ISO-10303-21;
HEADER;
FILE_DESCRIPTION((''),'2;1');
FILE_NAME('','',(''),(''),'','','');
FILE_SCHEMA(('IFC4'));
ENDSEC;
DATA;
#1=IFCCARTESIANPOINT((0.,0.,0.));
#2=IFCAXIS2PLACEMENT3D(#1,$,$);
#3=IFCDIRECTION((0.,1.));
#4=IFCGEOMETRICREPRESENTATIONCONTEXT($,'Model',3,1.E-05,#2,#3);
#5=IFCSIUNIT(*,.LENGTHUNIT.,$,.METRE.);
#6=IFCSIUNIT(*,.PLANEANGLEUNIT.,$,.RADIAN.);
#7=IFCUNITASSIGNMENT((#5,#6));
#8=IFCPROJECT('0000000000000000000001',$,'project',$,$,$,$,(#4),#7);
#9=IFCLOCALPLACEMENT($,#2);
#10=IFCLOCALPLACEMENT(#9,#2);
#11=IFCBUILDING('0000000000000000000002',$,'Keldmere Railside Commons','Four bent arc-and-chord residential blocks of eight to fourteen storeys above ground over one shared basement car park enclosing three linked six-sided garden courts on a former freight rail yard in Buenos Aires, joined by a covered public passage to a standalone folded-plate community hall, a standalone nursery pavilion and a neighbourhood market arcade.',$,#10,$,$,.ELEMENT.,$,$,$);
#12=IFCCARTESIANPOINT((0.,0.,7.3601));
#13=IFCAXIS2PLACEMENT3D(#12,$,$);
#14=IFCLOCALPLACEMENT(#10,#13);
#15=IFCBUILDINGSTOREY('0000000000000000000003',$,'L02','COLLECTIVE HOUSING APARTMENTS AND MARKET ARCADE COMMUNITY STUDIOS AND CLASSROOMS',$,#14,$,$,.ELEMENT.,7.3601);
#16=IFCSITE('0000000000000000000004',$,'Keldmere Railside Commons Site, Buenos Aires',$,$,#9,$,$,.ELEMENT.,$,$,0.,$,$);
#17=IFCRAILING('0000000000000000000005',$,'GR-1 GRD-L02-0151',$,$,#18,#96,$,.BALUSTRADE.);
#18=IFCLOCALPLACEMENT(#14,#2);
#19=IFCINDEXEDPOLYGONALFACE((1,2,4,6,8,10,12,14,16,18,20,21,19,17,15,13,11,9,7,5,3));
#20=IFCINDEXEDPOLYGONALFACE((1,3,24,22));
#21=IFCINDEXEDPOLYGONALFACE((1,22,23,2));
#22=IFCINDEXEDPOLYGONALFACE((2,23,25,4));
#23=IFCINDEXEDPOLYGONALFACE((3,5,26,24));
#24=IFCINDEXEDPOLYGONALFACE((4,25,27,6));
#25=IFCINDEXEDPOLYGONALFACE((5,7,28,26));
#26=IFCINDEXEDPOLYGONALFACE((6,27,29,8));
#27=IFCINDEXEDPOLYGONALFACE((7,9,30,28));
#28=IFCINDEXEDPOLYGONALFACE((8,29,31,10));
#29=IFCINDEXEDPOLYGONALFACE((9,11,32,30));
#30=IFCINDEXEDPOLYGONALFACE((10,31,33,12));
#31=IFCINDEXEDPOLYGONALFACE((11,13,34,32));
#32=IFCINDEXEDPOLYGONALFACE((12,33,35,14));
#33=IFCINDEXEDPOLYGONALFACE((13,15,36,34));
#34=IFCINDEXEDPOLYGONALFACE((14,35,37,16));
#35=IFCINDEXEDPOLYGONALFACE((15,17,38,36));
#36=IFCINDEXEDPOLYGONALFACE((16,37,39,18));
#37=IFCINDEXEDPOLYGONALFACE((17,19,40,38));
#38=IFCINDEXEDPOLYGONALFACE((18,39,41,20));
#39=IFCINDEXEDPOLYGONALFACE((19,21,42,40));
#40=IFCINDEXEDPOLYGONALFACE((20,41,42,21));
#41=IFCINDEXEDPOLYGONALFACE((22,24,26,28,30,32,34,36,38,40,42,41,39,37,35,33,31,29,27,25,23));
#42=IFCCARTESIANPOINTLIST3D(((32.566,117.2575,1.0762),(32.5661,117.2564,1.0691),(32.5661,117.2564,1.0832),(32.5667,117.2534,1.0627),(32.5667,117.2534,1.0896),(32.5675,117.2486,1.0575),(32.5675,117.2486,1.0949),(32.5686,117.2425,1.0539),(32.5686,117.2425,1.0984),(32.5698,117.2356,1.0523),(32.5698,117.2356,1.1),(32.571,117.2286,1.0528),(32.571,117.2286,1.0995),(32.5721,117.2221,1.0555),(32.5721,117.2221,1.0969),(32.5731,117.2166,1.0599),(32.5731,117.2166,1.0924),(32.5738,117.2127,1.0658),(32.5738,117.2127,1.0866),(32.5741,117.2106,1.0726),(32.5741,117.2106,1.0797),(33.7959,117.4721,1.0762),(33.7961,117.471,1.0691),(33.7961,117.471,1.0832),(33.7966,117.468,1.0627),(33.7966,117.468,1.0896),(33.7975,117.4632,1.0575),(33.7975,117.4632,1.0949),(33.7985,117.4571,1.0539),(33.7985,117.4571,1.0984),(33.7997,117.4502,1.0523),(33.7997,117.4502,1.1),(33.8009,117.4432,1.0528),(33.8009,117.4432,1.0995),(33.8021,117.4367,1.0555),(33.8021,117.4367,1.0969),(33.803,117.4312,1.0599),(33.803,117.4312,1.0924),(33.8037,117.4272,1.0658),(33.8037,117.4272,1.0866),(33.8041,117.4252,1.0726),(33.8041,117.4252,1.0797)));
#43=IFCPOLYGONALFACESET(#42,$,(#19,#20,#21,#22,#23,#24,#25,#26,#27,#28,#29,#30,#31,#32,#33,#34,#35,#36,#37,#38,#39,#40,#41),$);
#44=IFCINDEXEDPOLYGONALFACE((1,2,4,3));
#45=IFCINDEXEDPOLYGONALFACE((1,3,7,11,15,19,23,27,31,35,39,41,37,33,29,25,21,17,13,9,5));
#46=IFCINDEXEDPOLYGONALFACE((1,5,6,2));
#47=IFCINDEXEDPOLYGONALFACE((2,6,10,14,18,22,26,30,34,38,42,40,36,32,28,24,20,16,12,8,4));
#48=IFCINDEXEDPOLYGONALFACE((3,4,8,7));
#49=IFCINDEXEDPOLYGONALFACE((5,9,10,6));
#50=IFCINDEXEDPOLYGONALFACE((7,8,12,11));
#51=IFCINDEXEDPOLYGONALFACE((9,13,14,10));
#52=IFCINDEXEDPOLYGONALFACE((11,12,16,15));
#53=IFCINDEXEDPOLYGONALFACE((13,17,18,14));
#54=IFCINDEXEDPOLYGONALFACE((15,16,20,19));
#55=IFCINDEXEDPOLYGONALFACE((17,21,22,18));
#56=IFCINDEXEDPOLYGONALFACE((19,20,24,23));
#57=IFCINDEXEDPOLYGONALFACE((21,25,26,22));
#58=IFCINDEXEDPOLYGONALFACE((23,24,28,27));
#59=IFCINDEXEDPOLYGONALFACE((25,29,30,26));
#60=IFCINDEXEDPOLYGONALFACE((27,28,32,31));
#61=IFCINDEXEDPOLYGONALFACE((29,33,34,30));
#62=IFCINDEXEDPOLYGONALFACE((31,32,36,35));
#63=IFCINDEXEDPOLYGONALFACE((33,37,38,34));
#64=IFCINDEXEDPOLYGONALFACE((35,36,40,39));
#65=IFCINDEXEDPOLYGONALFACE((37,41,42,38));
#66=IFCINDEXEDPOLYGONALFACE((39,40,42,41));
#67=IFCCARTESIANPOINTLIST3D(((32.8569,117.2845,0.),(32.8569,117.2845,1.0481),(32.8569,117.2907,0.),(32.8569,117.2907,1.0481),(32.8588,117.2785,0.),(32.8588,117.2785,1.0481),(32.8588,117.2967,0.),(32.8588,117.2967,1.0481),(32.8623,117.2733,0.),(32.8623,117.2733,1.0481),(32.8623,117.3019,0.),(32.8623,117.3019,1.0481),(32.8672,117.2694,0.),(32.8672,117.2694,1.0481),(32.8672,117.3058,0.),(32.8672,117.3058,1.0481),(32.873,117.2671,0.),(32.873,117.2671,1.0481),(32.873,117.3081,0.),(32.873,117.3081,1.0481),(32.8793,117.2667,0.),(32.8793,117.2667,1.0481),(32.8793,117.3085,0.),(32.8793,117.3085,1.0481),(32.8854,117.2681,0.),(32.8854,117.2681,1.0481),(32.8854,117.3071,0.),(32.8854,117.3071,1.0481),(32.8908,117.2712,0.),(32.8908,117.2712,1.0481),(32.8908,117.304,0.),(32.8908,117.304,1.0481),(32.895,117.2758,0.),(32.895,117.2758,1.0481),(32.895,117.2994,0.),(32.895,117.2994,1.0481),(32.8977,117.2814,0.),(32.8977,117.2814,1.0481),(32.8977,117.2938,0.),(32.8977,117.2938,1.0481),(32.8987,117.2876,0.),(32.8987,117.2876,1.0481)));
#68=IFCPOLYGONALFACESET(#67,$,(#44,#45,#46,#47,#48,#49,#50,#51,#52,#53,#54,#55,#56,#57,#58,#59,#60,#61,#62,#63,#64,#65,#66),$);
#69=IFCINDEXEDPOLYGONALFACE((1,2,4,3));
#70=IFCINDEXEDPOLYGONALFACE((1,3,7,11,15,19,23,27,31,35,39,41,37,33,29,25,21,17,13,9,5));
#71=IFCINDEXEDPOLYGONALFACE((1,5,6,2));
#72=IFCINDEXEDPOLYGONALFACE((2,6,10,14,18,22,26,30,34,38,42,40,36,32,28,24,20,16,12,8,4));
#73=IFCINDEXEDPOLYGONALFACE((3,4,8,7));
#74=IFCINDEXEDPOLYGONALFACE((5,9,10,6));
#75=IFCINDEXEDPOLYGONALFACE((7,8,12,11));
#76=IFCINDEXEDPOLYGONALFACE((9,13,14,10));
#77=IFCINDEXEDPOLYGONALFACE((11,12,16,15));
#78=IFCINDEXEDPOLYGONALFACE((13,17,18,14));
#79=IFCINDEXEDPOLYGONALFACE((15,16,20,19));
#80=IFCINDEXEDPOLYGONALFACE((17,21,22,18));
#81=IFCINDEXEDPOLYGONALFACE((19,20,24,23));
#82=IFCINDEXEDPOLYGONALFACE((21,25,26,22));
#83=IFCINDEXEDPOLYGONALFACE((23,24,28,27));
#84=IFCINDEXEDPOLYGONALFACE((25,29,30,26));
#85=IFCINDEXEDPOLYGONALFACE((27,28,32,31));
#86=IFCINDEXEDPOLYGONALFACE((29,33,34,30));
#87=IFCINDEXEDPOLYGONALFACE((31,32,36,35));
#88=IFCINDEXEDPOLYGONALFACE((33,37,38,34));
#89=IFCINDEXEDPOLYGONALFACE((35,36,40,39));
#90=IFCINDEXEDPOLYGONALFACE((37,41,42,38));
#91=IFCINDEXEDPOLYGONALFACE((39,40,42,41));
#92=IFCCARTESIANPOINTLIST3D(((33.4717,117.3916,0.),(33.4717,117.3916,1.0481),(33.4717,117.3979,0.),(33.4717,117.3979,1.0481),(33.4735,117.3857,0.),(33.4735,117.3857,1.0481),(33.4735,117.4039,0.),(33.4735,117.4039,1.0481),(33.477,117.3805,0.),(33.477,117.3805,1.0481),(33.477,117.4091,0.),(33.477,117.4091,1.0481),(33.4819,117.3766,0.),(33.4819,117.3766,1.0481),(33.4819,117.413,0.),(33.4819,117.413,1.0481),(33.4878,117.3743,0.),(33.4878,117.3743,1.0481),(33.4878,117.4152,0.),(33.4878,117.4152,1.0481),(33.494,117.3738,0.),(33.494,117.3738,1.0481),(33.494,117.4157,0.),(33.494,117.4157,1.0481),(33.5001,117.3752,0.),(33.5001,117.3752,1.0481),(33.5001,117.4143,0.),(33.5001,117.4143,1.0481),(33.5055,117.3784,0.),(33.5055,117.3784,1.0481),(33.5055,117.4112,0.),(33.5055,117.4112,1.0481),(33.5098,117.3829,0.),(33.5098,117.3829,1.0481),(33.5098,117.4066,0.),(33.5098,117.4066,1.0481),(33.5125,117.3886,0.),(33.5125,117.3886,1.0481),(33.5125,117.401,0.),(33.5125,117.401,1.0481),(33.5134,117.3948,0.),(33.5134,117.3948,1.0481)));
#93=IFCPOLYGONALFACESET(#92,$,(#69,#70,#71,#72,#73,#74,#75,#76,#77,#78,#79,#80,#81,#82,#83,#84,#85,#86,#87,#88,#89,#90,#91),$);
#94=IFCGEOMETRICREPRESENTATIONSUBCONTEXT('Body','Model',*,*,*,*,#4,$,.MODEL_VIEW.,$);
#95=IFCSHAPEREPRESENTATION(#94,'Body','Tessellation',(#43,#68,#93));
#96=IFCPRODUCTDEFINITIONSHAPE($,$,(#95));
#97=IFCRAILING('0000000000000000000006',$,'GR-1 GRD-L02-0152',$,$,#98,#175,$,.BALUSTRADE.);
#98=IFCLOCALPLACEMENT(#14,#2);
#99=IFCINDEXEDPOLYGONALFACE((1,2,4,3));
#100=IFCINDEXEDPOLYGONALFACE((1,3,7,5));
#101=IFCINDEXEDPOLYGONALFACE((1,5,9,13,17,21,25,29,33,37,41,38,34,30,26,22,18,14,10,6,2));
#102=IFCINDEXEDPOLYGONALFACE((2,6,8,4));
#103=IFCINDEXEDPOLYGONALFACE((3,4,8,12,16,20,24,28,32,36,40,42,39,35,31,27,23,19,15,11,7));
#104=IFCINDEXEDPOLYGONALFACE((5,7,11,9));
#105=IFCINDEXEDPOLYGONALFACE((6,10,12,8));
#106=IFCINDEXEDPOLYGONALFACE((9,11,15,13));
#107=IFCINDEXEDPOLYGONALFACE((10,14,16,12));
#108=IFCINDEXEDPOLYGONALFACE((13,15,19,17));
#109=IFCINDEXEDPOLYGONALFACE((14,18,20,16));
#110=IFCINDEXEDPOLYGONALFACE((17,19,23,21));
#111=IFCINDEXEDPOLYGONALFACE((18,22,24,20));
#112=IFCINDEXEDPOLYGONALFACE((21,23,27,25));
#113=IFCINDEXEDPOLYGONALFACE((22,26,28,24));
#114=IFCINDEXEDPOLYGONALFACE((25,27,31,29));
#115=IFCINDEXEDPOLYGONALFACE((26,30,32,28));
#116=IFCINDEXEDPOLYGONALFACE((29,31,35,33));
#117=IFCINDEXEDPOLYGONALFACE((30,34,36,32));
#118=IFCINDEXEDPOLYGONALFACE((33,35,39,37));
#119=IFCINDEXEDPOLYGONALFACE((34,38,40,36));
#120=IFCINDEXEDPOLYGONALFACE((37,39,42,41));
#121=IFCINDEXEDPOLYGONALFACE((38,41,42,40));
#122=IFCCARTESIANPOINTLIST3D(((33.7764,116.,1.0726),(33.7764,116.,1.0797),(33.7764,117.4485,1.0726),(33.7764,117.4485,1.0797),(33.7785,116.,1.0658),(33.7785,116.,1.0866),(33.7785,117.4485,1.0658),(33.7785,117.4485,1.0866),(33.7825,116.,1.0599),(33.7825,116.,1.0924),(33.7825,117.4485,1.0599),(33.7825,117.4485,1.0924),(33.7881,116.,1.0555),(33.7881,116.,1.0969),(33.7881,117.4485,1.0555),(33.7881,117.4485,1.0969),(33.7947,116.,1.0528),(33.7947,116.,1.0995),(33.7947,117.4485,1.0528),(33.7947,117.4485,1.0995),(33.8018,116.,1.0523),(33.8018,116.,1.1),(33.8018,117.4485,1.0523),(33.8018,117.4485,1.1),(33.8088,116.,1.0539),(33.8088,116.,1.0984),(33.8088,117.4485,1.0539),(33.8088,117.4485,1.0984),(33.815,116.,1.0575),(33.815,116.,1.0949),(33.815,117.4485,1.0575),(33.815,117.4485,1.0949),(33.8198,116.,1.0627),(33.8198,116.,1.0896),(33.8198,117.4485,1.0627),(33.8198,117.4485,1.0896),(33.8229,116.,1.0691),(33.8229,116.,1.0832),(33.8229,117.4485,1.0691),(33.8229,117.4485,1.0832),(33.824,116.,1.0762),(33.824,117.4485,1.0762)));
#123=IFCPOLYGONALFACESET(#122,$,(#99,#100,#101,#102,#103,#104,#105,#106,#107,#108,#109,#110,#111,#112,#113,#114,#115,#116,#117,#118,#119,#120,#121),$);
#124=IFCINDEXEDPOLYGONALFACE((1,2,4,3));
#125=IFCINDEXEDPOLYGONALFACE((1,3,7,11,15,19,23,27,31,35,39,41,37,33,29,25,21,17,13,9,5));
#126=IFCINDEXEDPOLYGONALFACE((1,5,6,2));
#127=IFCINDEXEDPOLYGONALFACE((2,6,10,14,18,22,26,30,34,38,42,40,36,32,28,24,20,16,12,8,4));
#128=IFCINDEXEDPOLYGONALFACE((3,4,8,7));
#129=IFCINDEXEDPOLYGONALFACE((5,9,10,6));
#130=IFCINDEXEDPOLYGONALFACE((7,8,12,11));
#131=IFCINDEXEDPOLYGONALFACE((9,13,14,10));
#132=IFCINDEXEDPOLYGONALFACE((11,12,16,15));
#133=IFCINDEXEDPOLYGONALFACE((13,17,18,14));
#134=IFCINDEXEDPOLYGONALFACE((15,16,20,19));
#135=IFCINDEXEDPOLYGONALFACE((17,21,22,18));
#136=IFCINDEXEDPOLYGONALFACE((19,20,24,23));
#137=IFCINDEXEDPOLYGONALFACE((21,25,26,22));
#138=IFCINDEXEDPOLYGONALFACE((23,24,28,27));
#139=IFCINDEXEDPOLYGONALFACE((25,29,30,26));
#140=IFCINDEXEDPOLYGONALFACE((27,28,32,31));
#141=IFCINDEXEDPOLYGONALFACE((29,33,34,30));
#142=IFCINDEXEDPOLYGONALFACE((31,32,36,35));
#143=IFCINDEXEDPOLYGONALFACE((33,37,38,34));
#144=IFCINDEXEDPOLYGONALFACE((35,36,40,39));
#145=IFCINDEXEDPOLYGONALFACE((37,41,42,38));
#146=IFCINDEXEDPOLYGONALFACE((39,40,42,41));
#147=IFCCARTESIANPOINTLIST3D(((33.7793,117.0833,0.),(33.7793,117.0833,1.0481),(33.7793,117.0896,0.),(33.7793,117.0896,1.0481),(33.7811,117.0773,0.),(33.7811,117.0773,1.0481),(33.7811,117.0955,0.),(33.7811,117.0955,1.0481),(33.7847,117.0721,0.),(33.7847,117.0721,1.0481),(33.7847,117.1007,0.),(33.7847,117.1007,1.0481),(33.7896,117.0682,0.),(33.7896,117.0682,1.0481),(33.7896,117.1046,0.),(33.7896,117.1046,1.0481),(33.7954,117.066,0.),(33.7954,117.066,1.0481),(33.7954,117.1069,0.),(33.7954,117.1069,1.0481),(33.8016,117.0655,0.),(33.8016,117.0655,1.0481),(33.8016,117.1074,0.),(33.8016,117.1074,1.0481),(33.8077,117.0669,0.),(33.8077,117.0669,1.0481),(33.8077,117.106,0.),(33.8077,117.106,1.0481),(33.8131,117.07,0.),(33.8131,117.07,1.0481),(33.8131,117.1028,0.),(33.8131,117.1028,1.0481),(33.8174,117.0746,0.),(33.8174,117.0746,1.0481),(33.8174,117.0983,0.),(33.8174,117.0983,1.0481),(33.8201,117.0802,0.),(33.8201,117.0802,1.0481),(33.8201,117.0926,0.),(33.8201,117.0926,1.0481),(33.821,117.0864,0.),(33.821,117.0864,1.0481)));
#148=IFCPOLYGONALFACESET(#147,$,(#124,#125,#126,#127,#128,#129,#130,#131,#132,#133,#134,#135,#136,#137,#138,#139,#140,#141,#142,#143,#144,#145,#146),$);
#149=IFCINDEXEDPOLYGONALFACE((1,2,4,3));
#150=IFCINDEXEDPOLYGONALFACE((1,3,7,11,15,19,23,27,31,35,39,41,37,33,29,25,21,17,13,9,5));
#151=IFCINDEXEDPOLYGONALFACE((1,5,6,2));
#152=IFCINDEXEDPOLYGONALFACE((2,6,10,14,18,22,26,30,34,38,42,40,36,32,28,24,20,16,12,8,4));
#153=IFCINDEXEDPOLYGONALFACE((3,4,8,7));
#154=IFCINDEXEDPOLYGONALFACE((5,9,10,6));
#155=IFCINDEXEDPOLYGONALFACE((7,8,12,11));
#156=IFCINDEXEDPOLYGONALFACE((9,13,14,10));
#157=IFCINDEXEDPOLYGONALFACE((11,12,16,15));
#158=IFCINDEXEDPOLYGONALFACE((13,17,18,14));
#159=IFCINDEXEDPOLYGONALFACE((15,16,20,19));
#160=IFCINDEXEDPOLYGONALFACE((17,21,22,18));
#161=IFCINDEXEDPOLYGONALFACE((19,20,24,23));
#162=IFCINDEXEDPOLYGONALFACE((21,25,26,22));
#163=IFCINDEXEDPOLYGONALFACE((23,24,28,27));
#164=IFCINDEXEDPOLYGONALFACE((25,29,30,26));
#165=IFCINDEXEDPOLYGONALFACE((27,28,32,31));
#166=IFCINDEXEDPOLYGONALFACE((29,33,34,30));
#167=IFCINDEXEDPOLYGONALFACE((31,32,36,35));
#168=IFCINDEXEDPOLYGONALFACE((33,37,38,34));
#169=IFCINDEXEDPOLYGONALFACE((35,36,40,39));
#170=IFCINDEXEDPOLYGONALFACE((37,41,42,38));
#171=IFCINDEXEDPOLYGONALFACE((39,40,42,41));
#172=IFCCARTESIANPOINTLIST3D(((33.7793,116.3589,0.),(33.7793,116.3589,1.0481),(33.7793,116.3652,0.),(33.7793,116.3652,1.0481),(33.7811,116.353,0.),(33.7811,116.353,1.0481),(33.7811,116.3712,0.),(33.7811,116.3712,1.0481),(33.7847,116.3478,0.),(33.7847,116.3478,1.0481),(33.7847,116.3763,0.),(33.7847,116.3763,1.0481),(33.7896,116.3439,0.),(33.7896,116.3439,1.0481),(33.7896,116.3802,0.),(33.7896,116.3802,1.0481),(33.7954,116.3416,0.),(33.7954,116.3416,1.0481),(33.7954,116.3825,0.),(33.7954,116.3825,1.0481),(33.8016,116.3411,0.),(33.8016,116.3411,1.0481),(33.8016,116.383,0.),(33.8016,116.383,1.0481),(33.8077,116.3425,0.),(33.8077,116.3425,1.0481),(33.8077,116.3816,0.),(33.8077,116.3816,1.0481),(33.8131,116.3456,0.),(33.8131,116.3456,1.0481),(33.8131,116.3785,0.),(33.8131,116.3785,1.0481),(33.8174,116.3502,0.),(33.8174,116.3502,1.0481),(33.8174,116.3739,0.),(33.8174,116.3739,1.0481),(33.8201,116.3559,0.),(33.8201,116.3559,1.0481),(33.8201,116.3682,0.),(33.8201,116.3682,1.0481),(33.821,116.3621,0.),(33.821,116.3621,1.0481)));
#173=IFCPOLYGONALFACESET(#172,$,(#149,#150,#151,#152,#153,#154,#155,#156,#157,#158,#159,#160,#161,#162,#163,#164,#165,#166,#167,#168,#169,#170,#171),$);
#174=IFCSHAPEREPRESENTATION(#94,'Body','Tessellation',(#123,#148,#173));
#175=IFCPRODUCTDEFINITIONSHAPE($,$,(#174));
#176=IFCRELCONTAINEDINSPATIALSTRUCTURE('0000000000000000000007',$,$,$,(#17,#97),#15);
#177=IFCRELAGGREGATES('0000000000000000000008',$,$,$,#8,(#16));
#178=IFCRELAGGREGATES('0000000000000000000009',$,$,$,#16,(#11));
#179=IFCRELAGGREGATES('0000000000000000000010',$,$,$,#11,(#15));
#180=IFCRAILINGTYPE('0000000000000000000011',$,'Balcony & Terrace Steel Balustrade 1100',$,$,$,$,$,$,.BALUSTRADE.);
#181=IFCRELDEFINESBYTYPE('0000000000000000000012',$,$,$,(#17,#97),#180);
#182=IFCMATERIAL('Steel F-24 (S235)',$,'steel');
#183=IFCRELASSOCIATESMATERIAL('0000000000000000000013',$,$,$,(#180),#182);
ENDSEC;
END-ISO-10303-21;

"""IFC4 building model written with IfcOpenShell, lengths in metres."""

from ifc_helpers import new_model, si_unit, direction, frame, origin, origin_2d, place, context, subcontext, project, spatial, circle, extrude, material, type_object, element, save


model = new_model("IFC4")

# Units and contexts
model_context = context("Model", 3, precision=1e-05, world=origin(), true_north=direction((0.0, 1.0)))
body_context = subcontext(model_context, "Body", "Model", "MODEL_VIEW")
ifc_project = project(units=[si_unit("LENGTHUNIT", "METRE"), si_unit("PLANEANGLEUNIT", "RADIAN")], contexts=[model_context])

# Site, building, storey
site_placement = place(None, origin())
site = spatial("IfcSite", under=ifc_project, at=site_placement, Name="Keldmere Railside Commons Site, Buenos Aires", CompositionType="ELEMENT", RefElevation=0.0)
building_placement = place(site_placement, origin())
building = spatial("IfcBuilding", under=site, at=building_placement, Name="Keldmere Railside Commons", Description="Four bent arc-and-chord residential blocks of eight to fourteen storeys above ground over one shared basement car park enclosing three linked six-sided garden courts on a former freight rail yard in Buenos Aires, joined by a covered public passage to a standalone folded-plate community hall, a standalone nursery pavilion and a neighbourhood market arcade.", CompositionType="ELEMENT")
storey_placement = place(building_placement, frame((0.0, 0.0, 7.3601)))
storey = spatial("IfcBuildingStorey", under=building, at=storey_placement, Name="L02", Description="COLLECTIVE HOUSING APARTMENTS AND MARKET ARCADE COMMUNITY STUDIOS AND CLASSROOMS", CompositionType="ELEMENT", Elevation=7.3601)

# Railings
ifc_material_1 = material(Name="Steel F-24 (S235)", Category="steel")
railing_type = type_object("IfcRailingType", Name="Balcony & Terrace Steel Balustrade 1100", PredefinedType="BALUSTRADE", material=ifc_material_1)
railing_1_placement = place(storey_placement, frame((32.5701, 117.2339, 0.0)))
element("IfcRailing", 1, at=railing_1_placement, inside=storey, type_object=railing_type, Name="GR-1 GRD-L02-0151", PredefinedType="BALUSTRADE", context=body_context, shape_type="SweptSolid", body=[
    extrude(circle(Radius=0.0239, at=origin_2d()), frame((0.0, 0.0, 1.0762), z_axis=(0.985118, 0.171878, 0.0), x_axis=(-0.171878, 0.985118, 0.0)), (0.0, 0.0, 1.0), 1.2485),
    extrude(circle(Radius=0.021, at=origin_2d()), frame((0.3076, 0.0537, 0.0)), (0.0, 0.0, 1.0), 1.0481),
    extrude(circle(Radius=0.021, at=origin_2d()), frame((0.9224, 0.1609, 0.0)), (0.0, 0.0, 1.0), 1.0481),
])
railing_2_placement = place(storey_placement, frame((33.8, 117.4485, 0.0)))
element("IfcRailing", 2, at=railing_2_placement, inside=storey, type_object=railing_type, Name="GR-1 GRD-L02-0152", PredefinedType="BALUSTRADE", context=body_context, shape_type="SweptSolid", body=[
    extrude(circle(Radius=0.0239, at=origin_2d()), frame((0.0, 0.0, 1.0762), z_axis=(0.0, -1.0, 0.0), x_axis=(1.0, 0.0, 0.0)), (0.0, 0.0, 1.0), 1.4485),
    extrude(circle(Radius=0.021, at=origin_2d()), frame((0.0, -0.3621, 0.0)), (0.0, 0.0, 1.0), 1.0481),
    extrude(circle(Radius=0.021, at=origin_2d()), frame((0.0, -1.0864, 0.0)), (0.0, 0.0, 1.0), 1.0481),
])

save(model, "model.ifc")
